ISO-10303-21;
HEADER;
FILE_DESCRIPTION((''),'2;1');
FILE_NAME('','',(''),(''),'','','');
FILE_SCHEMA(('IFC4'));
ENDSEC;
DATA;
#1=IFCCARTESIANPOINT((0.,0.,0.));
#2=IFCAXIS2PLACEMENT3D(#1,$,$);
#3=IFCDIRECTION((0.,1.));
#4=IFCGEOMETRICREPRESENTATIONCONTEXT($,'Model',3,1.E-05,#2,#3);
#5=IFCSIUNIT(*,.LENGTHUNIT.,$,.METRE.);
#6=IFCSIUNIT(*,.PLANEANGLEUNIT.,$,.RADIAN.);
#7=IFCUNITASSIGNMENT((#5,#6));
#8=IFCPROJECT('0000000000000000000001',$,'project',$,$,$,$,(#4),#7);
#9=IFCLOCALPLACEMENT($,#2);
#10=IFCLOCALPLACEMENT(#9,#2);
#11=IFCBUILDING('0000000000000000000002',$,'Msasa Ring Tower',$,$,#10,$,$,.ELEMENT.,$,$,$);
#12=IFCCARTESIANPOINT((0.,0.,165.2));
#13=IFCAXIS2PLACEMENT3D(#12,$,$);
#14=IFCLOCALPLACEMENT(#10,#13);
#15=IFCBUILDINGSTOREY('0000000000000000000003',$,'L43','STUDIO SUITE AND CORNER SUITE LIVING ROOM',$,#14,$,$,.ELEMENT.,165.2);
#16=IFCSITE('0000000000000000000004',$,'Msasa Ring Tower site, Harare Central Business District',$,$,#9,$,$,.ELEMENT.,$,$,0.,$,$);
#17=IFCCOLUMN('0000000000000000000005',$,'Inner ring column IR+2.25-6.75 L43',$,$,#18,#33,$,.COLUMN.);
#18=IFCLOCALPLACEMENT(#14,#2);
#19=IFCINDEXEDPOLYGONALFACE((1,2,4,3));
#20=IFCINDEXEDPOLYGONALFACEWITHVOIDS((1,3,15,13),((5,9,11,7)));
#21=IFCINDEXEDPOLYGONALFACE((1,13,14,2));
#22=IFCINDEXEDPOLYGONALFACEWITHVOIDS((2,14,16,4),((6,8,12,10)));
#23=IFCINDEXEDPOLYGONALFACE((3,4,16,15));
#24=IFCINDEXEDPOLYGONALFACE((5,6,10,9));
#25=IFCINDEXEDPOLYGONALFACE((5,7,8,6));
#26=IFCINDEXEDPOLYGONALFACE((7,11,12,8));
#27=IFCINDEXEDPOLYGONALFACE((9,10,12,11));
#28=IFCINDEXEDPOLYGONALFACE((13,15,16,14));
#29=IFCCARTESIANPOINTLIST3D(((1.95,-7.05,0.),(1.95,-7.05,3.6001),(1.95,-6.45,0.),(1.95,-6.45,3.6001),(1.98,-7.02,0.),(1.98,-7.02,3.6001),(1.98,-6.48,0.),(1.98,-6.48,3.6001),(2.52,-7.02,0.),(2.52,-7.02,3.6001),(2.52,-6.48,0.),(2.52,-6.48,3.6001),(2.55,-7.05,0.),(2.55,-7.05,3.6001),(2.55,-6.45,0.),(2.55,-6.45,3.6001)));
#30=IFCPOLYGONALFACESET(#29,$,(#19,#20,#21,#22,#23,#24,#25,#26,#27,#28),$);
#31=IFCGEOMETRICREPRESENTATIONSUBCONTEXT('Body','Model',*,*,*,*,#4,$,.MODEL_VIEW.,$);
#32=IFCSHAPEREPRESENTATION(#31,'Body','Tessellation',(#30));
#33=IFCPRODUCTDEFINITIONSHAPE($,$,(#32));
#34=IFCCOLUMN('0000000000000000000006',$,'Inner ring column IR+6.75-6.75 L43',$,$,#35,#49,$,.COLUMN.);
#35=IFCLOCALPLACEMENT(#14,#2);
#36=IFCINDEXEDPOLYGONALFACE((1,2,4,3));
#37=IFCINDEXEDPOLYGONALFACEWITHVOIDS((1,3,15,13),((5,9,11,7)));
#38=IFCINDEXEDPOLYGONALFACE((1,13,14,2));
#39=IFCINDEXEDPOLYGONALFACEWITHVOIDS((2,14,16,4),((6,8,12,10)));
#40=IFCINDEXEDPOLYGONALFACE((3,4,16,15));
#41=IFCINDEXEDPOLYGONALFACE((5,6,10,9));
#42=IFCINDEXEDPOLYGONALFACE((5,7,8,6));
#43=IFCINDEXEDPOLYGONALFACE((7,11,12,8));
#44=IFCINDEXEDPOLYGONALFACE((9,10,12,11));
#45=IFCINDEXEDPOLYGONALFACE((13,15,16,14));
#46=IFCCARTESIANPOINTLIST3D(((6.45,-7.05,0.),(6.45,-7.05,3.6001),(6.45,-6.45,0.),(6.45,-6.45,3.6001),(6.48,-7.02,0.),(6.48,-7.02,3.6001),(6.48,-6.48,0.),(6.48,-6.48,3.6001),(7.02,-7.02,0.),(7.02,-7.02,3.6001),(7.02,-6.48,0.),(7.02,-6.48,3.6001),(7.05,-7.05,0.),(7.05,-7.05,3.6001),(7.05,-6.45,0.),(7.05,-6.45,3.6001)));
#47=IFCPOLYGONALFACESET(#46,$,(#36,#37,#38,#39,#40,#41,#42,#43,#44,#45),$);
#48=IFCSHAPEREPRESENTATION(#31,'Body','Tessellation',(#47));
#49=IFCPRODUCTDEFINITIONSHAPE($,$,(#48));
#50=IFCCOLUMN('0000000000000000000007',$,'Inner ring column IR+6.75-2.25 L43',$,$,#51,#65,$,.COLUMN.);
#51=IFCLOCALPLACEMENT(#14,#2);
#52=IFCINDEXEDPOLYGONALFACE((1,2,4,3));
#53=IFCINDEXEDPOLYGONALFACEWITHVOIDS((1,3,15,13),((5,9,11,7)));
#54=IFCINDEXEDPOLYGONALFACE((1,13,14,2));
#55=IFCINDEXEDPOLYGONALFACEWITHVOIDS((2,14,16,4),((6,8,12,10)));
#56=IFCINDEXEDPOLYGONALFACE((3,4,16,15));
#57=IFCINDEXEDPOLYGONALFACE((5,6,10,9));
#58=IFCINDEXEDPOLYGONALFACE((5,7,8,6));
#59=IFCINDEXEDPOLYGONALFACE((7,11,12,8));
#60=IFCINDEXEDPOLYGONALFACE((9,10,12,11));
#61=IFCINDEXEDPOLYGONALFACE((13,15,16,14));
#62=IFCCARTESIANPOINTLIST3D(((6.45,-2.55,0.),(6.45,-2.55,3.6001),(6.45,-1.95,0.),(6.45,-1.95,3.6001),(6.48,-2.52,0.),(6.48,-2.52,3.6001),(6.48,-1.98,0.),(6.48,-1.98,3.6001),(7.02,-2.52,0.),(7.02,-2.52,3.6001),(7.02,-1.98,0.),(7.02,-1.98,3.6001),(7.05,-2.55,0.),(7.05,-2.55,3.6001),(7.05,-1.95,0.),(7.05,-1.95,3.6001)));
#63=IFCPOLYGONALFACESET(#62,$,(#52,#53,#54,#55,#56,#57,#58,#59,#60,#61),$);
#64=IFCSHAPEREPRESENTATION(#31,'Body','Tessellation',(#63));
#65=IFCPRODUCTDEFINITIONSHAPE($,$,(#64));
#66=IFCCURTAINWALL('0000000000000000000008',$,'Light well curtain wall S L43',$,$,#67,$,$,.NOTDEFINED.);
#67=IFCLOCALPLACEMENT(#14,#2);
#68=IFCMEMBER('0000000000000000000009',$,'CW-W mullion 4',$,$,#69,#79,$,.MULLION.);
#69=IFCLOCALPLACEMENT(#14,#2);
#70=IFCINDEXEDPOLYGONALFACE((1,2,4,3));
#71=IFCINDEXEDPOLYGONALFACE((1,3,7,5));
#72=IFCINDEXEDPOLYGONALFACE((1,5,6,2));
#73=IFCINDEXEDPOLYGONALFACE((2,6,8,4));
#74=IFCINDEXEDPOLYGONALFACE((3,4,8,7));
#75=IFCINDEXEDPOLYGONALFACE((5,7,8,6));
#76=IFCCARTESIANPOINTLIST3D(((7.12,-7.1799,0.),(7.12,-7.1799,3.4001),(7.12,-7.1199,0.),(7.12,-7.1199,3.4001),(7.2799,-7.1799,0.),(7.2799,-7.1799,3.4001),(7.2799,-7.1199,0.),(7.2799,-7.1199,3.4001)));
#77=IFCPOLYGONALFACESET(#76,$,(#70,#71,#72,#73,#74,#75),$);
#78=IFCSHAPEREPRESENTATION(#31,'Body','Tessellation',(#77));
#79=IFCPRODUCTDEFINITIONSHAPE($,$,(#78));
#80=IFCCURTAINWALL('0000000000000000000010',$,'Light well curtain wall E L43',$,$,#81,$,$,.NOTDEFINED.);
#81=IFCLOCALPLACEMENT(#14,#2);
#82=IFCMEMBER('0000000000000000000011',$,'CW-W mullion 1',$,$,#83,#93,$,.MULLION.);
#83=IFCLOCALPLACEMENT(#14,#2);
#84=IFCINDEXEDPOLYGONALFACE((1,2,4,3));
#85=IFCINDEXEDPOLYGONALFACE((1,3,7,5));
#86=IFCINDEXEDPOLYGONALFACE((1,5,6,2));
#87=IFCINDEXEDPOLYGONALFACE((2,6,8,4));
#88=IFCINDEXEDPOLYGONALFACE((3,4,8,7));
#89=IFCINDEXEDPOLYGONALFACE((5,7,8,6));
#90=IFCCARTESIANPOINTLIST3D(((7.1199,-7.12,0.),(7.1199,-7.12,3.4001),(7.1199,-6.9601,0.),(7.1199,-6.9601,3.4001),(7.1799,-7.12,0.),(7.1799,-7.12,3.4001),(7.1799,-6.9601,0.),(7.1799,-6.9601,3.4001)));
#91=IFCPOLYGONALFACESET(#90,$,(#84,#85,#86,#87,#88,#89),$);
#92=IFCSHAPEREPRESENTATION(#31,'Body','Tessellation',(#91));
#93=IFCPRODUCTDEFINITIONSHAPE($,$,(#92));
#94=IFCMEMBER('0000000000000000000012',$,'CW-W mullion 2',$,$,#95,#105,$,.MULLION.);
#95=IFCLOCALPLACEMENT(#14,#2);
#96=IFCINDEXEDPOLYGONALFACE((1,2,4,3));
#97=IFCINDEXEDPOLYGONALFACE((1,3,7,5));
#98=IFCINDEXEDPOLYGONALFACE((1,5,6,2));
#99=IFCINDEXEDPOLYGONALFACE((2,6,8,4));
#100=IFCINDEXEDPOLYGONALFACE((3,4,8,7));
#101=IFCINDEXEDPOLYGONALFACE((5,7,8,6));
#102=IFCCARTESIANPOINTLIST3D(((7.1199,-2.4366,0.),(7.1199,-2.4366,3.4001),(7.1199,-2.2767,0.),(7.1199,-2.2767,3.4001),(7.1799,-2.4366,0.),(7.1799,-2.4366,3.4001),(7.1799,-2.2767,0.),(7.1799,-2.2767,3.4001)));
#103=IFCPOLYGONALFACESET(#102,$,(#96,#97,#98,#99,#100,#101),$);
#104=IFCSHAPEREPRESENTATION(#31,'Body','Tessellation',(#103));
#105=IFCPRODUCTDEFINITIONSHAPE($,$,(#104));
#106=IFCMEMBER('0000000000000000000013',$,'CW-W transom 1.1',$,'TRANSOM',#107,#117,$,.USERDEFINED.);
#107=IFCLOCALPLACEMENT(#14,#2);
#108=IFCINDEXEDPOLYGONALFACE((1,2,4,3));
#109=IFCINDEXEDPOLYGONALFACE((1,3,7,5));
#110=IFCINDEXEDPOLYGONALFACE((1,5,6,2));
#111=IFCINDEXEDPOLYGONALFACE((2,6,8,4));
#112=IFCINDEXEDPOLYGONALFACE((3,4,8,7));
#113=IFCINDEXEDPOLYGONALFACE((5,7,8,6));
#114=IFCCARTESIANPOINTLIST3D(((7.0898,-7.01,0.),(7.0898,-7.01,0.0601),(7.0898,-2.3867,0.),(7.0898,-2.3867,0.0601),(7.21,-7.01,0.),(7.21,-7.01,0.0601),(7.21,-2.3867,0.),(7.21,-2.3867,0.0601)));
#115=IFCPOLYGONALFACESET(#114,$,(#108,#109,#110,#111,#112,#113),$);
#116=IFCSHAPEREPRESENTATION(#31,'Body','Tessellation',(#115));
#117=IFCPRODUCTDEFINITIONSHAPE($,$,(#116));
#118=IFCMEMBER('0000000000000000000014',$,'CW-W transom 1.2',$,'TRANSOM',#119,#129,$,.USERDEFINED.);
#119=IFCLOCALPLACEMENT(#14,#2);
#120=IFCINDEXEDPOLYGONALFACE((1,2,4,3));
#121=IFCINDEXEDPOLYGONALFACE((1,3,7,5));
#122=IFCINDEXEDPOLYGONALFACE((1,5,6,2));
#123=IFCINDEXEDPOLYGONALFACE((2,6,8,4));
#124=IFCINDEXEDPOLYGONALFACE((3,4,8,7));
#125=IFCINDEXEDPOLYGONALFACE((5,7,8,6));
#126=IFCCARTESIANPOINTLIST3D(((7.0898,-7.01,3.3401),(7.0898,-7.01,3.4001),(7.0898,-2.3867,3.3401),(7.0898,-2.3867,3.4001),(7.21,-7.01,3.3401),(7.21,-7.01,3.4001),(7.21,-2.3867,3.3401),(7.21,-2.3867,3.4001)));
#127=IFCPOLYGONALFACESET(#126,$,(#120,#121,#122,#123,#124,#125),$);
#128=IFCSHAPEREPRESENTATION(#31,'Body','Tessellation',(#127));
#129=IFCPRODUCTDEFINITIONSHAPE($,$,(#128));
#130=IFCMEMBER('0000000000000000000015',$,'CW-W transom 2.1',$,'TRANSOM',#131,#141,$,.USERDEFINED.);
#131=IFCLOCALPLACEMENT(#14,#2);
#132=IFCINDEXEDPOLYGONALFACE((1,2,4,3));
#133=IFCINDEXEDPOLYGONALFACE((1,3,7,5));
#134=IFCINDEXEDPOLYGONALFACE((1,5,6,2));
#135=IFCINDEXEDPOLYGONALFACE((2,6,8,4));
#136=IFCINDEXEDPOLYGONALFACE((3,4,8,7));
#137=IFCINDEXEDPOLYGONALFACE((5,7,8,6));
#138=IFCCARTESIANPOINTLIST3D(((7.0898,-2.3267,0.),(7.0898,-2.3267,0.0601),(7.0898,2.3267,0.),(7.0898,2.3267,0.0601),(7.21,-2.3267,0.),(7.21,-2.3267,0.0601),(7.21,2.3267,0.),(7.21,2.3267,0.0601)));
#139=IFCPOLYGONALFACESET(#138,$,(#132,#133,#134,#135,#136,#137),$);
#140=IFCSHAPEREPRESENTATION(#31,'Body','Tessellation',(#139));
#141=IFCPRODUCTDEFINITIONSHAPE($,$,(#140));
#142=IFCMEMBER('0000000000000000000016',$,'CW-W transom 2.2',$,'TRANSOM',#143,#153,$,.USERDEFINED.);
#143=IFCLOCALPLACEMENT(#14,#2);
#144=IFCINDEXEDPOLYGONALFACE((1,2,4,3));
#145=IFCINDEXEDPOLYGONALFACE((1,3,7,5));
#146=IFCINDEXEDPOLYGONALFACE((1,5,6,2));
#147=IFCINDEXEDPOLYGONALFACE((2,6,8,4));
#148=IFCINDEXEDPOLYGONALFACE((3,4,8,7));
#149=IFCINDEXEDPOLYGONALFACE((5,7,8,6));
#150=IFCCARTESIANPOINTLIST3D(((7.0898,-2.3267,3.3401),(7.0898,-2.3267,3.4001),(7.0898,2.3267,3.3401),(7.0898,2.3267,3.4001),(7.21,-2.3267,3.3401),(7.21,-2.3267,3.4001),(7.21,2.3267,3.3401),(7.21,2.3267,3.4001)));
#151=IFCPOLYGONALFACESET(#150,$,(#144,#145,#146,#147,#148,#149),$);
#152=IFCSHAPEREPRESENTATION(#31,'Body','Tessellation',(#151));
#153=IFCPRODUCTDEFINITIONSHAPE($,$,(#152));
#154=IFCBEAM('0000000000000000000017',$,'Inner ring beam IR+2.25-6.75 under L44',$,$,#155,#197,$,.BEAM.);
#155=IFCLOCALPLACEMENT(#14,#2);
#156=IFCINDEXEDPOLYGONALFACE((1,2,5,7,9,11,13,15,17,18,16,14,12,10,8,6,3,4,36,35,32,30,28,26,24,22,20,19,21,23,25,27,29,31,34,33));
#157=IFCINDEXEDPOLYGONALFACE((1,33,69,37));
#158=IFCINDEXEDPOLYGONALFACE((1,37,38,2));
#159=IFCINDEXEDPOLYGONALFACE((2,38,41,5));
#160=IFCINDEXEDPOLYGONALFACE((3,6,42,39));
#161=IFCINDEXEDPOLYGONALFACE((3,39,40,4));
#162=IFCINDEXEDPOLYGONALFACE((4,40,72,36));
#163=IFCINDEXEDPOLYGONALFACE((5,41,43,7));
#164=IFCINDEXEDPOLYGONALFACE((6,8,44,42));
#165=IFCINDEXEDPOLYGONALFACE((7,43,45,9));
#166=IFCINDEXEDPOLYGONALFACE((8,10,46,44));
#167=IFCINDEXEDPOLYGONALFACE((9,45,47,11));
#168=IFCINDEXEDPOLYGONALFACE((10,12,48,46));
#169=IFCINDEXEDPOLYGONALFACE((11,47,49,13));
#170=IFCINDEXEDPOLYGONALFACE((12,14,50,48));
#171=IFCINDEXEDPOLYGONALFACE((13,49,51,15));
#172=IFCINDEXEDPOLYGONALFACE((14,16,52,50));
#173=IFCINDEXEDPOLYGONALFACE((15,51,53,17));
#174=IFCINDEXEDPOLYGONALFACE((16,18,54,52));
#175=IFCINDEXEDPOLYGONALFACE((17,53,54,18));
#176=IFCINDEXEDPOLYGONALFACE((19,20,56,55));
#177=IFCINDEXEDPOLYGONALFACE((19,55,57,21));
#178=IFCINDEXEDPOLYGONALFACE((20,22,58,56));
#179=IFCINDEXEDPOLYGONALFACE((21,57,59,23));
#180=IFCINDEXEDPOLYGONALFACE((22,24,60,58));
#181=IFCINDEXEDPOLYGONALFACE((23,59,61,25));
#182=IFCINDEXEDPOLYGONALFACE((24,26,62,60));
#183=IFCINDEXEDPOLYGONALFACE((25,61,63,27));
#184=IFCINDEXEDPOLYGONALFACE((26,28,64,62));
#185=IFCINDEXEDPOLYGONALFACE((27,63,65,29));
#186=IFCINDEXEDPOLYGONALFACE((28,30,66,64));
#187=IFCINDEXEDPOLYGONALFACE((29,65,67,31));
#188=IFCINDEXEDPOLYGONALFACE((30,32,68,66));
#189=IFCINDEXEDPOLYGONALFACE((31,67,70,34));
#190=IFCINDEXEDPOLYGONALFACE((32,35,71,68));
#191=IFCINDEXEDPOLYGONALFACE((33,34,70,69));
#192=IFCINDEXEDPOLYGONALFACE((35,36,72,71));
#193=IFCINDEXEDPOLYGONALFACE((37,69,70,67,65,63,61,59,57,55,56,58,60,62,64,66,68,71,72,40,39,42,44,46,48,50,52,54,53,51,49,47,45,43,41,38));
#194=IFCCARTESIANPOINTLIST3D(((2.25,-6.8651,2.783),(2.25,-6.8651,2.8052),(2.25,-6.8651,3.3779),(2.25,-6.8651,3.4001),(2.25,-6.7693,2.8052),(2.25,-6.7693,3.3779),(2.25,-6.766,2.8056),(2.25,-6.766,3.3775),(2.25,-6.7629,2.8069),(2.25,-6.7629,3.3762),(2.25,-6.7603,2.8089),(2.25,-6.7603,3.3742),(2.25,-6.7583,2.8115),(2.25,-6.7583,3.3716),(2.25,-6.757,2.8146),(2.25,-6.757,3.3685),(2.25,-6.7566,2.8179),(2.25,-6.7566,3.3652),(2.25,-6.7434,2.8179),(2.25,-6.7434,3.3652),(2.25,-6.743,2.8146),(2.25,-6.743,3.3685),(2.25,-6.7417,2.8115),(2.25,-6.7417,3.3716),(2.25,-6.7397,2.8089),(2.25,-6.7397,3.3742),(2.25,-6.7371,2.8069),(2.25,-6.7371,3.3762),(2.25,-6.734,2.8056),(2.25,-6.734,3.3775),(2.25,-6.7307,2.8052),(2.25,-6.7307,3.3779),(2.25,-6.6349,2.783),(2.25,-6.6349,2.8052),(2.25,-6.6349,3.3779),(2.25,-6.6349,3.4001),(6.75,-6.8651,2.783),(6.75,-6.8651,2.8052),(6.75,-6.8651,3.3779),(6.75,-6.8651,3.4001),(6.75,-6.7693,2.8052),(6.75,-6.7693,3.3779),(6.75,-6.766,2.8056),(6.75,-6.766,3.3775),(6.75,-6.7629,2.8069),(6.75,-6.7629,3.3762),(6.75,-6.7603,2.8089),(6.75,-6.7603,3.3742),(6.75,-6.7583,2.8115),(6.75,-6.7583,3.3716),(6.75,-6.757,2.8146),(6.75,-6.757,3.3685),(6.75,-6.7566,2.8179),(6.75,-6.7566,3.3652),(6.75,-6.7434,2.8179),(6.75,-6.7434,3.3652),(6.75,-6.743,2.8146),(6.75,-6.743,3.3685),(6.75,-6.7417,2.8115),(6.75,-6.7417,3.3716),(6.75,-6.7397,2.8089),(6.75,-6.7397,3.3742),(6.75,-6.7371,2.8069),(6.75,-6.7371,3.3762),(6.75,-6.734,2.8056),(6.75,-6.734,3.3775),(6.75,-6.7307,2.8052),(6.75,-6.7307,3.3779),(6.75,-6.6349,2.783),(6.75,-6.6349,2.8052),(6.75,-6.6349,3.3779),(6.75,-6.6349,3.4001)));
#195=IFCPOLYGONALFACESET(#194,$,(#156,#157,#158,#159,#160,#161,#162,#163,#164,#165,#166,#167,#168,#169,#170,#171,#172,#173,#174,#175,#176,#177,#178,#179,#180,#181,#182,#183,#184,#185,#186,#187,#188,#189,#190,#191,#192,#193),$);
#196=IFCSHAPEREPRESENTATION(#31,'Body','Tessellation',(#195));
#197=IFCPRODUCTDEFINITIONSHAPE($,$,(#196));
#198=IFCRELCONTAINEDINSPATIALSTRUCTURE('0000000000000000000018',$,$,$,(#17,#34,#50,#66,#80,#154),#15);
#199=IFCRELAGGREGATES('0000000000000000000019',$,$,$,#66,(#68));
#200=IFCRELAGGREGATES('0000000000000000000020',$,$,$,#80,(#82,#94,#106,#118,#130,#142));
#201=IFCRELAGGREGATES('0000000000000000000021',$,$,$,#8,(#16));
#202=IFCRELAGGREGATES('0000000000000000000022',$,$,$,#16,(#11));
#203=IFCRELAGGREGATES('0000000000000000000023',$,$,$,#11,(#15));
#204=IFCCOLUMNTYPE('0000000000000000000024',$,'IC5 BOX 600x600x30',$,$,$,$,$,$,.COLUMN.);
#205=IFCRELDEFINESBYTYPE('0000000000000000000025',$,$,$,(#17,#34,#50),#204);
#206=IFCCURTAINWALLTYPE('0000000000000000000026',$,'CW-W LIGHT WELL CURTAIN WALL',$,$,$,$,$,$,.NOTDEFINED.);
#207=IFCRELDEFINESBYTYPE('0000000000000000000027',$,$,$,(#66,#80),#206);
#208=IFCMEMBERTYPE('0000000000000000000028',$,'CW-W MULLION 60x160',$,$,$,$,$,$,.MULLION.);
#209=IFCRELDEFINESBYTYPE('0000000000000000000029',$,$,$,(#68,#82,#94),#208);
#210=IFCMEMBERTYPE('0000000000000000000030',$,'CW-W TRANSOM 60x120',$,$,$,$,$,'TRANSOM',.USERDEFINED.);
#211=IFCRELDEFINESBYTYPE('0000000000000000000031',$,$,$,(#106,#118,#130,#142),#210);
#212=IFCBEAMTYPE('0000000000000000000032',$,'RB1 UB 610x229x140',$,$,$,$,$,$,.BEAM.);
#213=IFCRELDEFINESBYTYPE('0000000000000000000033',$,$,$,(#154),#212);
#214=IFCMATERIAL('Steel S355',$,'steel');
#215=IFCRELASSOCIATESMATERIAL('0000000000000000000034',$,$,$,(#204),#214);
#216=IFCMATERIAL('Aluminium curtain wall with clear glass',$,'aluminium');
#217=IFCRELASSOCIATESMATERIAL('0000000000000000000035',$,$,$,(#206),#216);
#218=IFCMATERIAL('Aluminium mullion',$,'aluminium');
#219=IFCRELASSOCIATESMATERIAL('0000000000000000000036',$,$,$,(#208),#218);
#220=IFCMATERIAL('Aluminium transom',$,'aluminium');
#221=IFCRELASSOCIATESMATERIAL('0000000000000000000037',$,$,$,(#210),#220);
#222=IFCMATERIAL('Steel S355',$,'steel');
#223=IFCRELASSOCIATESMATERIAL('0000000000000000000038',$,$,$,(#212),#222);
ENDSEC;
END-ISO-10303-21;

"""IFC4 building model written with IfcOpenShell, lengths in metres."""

from ifc_helpers import new_model, si_unit, direction, frame, origin, origin_2d, place, context, subcontext, project, spatial, rectangle, hollow_rectangle, i_section, extrude, material, material_profile, profile_set, type_object, element, aggregate, save


model = new_model("IFC4")

# Units and contexts
model_context = context("Model", 3, precision=1e-05, world=origin(), true_north=direction((0.0, 1.0)))
body_context = subcontext(model_context, "Body", "Model", "MODEL_VIEW")
ifc_project = project(units=[si_unit("LENGTHUNIT", "METRE"), si_unit("PLANEANGLEUNIT", "RADIAN")], contexts=[model_context])

# Site, building, storey
site_placement = place(None, origin())
site = spatial("IfcSite", under=ifc_project, at=site_placement, Name="Msasa Ring Tower site, Harare Central Business District", CompositionType="ELEMENT", RefElevation=0.0)
building_placement = place(site_placement, origin())
building = spatial("IfcBuilding", under=site, at=building_placement, Name="Msasa Ring Tower", CompositionType="ELEMENT")
storey_placement = place(building_placement, frame((0.0, 0.0, 165.2)))
storey = spatial("IfcBuildingStorey", under=building, at=storey_placement, Name="L43", Description="STUDIO SUITE AND CORNER SUITE LIVING ROOM", CompositionType="ELEMENT", Elevation=165.2)

# Columns
ifc_material_1 = material(Name="Steel S355", Category="steel")
ifc_material_profile_1 = material_profile(ifc_material_1, hollow_rectangle(XDim=0.6001, YDim=0.6001, WallThickness=0.03, at=origin_2d()), Name="BOX 600x600x30")
ifc_profile_set_1 = profile_set([ifc_material_profile_1], Name="Steel S355")
column_type = type_object("IfcColumnType", Name="IC5 BOX 600x600x30", PredefinedType="COLUMN", material=ifc_profile_set_1)
for number, where, z_axis, x_axis, name in (
    (1, (2.25, -6.75, 0.0), (0.0, 0.0, 1.0), (1.0, 0.0, 0.0), "Inner ring column IR+2.25-6.75 L43"),
    (2, (6.75, -6.75, 0.0), (0.0, 0.0, 1.0), (1.0, 0.0, 0.0), "Inner ring column IR+6.75-6.75 L43"),
    (3, (6.75, -2.25, 0.0), (0.0, 0.0, 1.0), (1.0, 0.0, 0.0), "Inner ring column IR+6.75-2.25 L43"),
):
    element("IfcColumn", number, at=place(storey_placement, frame(where, z_axis=z_axis, x_axis=x_axis)), inside=storey, type_object=column_type, Name=name, PredefinedType="COLUMN", context=body_context, shape_type="SweptSolid", body=[
        extrude(hollow_rectangle(XDim=0.6001, YDim=0.6001, WallThickness=0.03, at=origin_2d()), origin(), (0.0, 0.0, 1.0), 3.6001),
    ])

# Curtain wall, member
ifc_material_2 = material(Name="Aluminium curtain wall with clear glass", Category="aluminium")
curtain_wall_type = type_object("IfcCurtainWallType", Name="CW-W LIGHT WELL CURTAIN WALL", PredefinedType="NOTDEFINED", material=ifc_material_2)
curtain_wall_1_placement = place(storey_placement, origin())
curtain_wall_1 = element("IfcCurtainWall", 4, at=curtain_wall_1_placement, inside=storey, type_object=curtain_wall_type, Name="Light well curtain wall S L43", PredefinedType="NOTDEFINED")
ifc_material_3 = material(Name="Aluminium mullion", Category="aluminium")
ifc_material_profile_2 = material_profile(ifc_material_3, rectangle(XDim=0.0601, YDim=0.1599, at=origin_2d()), Name="AL 60x160")
ifc_profile_set_2 = profile_set([ifc_material_profile_2], Name="Aluminium mullion")
member_type_1 = type_object("IfcMemberType", Name="CW-W MULLION 60x160", PredefinedType="MULLION", material=ifc_profile_set_2)
member_1_placement = place(storey_placement, frame((7.2, -7.1499, 0.0), z_axis=(0.0, 0.0, 1.0), x_axis=(0.0, 1.0, 0.0)))
member_1 = element("IfcMember", 5, at=member_1_placement, type_object=member_type_1, Name="CW-W mullion 4", PredefinedType="MULLION", context=body_context, shape_type="SweptSolid", body=[
    extrude(rectangle(XDim=0.0601, YDim=0.1599, at=origin_2d()), origin(), (0.0, 0.0, 1.0), 3.4001),
])
aggregate(curtain_wall_1, [member_1])

# Curtain wall, members
curtain_wall_2_placement = place(storey_placement, origin())
curtain_wall_2 = element("IfcCurtainWall", 6, at=curtain_wall_2_placement, inside=storey, type_object=curtain_wall_type, Name="Light well curtain wall E L43", PredefinedType="NOTDEFINED")
member_2_placement = place(storey_placement, frame((7.1499, -7.04, 0.0), z_axis=(0.0, 0.0, 1.0), x_axis=(-1.0, 0.0, 0.0)))
member_2 = element("IfcMember", 7, at=member_2_placement, type_object=member_type_1, Name="CW-W mullion 1", PredefinedType="MULLION", context=body_context, shape_type="SweptSolid", body=[
    extrude(rectangle(XDim=0.0601, YDim=0.1599, at=origin_2d()), origin(), (0.0, 0.0, 1.0), 3.4001),
])
member_3_placement = place(storey_placement, frame((7.1499, -2.3567, 0.0), z_axis=(0.0, 0.0, 1.0), x_axis=(-1.0, 0.0, 0.0)))
member_3 = element("IfcMember", 8, at=member_3_placement, type_object=member_type_1, Name="CW-W mullion 2", PredefinedType="MULLION", context=body_context, shape_type="SweptSolid", body=[
    extrude(rectangle(XDim=0.0601, YDim=0.1599, at=origin_2d()), origin(), (0.0, 0.0, 1.0), 3.4001),
])
ifc_material_4 = material(Name="Aluminium transom", Category="aluminium")
ifc_material_profile_3 = material_profile(ifc_material_4, rectangle(XDim=0.1201, YDim=0.0601, at=origin_2d()), Name="AL 60x120")
ifc_profile_set_3 = profile_set([ifc_material_profile_3], Name="Aluminium transom")
member_type_2 = type_object("IfcMemberType", Name="CW-W TRANSOM 60x120", ElementType="TRANSOM", PredefinedType="USERDEFINED", material=ifc_profile_set_3)
member_4_placement = place(storey_placement, frame((7.1499, -7.01, 0.03), z_axis=(0.0, 1.0, 0.0), x_axis=(-1.0, 0.0, 0.0)))
member_4 = element("IfcMember", 9, at=member_4_placement, type_object=member_type_2, Name="CW-W transom 1.1", ObjectType="TRANSOM", PredefinedType="USERDEFINED", context=body_context, shape_type="SweptSolid", body=[
    extrude(rectangle(XDim=0.1201, YDim=0.0601, at=origin_2d()), origin(), (0.0, 0.0, 1.0), 4.6233),
])
member_5_placement = place(storey_placement, frame((7.1499, -7.01, 3.3701), z_axis=(0.0, 1.0, 0.0), x_axis=(-1.0, 0.0, 0.0)))
member_5 = element("IfcMember", 10, at=member_5_placement, type_object=member_type_2, Name="CW-W transom 1.2", ObjectType="TRANSOM", PredefinedType="USERDEFINED", context=body_context, shape_type="SweptSolid", body=[
    extrude(rectangle(XDim=0.1201, YDim=0.0601, at=origin_2d()), origin(), (0.0, 0.0, 1.0), 4.6233),
])
member_6_placement = place(storey_placement, frame((7.1499, -2.3267, 0.03), z_axis=(0.0, 1.0, 0.0), x_axis=(-1.0, 0.0, 0.0)))
member_6 = element("IfcMember", 11, at=member_6_placement, type_object=member_type_2, Name="CW-W transom 2.1", ObjectType="TRANSOM", PredefinedType="USERDEFINED", context=body_context, shape_type="SweptSolid", body=[
    extrude(rectangle(XDim=0.1201, YDim=0.0601, at=origin_2d()), origin(), (0.0, 0.0, 1.0), 4.6533),
])
member_7_placement = place(storey_placement, frame((7.1499, -2.3267, 3.3701), z_axis=(0.0, 1.0, 0.0), x_axis=(-1.0, 0.0, 0.0)))
member_7 = element("IfcMember", 12, at=member_7_placement, type_object=member_type_2, Name="CW-W transom 2.2", ObjectType="TRANSOM", PredefinedType="USERDEFINED", context=body_context, shape_type="SweptSolid", body=[
    extrude(rectangle(XDim=0.1201, YDim=0.0601, at=origin_2d()), origin(), (0.0, 0.0, 1.0), 4.6533),
])

# Beam
ifc_material_5 = material(Name="Steel S355", Category="steel")
ifc_material_profile_4 = material_profile(ifc_material_5, i_section(OverallWidth=0.2302, OverallDepth=0.6172, WebThickness=0.0132, FlangeThickness=0.0222, FilletRadius=0.0127, at=origin_2d()), Name="UB 610x229x140")
ifc_profile_set_4 = profile_set([ifc_material_profile_4], Name="Steel S355")
beam_type = type_object("IfcBeamType", Name="RB1 UB 610x229x140", PredefinedType="BEAM", material=ifc_profile_set_4)
for number, where, z_axis, x_axis, name in (
    (13, (2.25, -6.75, 3.0916), (1.0, 0.0, 0.0), (0.0, 1.0, 0.0), "Inner ring beam IR+2.25-6.75 under L44"),
):
    element("IfcBeam", number, at=place(storey_placement, frame(where, z_axis=z_axis, x_axis=x_axis)), inside=storey, type_object=beam_type, Name=name, PredefinedType="BEAM", context=body_context, shape_type="SweptSolid", body=[
        extrude(i_section(OverallWidth=0.2302, OverallDepth=0.6172, WebThickness=0.0132, FlangeThickness=0.0222, FilletRadius=0.0127, at=origin_2d()), origin(), (0.0, 0.0, 1.0), 4.5),
    ])

aggregate(curtain_wall_2, [member_2, member_3, member_4, member_5, member_6, member_7])

save(model, "model.ifc")
